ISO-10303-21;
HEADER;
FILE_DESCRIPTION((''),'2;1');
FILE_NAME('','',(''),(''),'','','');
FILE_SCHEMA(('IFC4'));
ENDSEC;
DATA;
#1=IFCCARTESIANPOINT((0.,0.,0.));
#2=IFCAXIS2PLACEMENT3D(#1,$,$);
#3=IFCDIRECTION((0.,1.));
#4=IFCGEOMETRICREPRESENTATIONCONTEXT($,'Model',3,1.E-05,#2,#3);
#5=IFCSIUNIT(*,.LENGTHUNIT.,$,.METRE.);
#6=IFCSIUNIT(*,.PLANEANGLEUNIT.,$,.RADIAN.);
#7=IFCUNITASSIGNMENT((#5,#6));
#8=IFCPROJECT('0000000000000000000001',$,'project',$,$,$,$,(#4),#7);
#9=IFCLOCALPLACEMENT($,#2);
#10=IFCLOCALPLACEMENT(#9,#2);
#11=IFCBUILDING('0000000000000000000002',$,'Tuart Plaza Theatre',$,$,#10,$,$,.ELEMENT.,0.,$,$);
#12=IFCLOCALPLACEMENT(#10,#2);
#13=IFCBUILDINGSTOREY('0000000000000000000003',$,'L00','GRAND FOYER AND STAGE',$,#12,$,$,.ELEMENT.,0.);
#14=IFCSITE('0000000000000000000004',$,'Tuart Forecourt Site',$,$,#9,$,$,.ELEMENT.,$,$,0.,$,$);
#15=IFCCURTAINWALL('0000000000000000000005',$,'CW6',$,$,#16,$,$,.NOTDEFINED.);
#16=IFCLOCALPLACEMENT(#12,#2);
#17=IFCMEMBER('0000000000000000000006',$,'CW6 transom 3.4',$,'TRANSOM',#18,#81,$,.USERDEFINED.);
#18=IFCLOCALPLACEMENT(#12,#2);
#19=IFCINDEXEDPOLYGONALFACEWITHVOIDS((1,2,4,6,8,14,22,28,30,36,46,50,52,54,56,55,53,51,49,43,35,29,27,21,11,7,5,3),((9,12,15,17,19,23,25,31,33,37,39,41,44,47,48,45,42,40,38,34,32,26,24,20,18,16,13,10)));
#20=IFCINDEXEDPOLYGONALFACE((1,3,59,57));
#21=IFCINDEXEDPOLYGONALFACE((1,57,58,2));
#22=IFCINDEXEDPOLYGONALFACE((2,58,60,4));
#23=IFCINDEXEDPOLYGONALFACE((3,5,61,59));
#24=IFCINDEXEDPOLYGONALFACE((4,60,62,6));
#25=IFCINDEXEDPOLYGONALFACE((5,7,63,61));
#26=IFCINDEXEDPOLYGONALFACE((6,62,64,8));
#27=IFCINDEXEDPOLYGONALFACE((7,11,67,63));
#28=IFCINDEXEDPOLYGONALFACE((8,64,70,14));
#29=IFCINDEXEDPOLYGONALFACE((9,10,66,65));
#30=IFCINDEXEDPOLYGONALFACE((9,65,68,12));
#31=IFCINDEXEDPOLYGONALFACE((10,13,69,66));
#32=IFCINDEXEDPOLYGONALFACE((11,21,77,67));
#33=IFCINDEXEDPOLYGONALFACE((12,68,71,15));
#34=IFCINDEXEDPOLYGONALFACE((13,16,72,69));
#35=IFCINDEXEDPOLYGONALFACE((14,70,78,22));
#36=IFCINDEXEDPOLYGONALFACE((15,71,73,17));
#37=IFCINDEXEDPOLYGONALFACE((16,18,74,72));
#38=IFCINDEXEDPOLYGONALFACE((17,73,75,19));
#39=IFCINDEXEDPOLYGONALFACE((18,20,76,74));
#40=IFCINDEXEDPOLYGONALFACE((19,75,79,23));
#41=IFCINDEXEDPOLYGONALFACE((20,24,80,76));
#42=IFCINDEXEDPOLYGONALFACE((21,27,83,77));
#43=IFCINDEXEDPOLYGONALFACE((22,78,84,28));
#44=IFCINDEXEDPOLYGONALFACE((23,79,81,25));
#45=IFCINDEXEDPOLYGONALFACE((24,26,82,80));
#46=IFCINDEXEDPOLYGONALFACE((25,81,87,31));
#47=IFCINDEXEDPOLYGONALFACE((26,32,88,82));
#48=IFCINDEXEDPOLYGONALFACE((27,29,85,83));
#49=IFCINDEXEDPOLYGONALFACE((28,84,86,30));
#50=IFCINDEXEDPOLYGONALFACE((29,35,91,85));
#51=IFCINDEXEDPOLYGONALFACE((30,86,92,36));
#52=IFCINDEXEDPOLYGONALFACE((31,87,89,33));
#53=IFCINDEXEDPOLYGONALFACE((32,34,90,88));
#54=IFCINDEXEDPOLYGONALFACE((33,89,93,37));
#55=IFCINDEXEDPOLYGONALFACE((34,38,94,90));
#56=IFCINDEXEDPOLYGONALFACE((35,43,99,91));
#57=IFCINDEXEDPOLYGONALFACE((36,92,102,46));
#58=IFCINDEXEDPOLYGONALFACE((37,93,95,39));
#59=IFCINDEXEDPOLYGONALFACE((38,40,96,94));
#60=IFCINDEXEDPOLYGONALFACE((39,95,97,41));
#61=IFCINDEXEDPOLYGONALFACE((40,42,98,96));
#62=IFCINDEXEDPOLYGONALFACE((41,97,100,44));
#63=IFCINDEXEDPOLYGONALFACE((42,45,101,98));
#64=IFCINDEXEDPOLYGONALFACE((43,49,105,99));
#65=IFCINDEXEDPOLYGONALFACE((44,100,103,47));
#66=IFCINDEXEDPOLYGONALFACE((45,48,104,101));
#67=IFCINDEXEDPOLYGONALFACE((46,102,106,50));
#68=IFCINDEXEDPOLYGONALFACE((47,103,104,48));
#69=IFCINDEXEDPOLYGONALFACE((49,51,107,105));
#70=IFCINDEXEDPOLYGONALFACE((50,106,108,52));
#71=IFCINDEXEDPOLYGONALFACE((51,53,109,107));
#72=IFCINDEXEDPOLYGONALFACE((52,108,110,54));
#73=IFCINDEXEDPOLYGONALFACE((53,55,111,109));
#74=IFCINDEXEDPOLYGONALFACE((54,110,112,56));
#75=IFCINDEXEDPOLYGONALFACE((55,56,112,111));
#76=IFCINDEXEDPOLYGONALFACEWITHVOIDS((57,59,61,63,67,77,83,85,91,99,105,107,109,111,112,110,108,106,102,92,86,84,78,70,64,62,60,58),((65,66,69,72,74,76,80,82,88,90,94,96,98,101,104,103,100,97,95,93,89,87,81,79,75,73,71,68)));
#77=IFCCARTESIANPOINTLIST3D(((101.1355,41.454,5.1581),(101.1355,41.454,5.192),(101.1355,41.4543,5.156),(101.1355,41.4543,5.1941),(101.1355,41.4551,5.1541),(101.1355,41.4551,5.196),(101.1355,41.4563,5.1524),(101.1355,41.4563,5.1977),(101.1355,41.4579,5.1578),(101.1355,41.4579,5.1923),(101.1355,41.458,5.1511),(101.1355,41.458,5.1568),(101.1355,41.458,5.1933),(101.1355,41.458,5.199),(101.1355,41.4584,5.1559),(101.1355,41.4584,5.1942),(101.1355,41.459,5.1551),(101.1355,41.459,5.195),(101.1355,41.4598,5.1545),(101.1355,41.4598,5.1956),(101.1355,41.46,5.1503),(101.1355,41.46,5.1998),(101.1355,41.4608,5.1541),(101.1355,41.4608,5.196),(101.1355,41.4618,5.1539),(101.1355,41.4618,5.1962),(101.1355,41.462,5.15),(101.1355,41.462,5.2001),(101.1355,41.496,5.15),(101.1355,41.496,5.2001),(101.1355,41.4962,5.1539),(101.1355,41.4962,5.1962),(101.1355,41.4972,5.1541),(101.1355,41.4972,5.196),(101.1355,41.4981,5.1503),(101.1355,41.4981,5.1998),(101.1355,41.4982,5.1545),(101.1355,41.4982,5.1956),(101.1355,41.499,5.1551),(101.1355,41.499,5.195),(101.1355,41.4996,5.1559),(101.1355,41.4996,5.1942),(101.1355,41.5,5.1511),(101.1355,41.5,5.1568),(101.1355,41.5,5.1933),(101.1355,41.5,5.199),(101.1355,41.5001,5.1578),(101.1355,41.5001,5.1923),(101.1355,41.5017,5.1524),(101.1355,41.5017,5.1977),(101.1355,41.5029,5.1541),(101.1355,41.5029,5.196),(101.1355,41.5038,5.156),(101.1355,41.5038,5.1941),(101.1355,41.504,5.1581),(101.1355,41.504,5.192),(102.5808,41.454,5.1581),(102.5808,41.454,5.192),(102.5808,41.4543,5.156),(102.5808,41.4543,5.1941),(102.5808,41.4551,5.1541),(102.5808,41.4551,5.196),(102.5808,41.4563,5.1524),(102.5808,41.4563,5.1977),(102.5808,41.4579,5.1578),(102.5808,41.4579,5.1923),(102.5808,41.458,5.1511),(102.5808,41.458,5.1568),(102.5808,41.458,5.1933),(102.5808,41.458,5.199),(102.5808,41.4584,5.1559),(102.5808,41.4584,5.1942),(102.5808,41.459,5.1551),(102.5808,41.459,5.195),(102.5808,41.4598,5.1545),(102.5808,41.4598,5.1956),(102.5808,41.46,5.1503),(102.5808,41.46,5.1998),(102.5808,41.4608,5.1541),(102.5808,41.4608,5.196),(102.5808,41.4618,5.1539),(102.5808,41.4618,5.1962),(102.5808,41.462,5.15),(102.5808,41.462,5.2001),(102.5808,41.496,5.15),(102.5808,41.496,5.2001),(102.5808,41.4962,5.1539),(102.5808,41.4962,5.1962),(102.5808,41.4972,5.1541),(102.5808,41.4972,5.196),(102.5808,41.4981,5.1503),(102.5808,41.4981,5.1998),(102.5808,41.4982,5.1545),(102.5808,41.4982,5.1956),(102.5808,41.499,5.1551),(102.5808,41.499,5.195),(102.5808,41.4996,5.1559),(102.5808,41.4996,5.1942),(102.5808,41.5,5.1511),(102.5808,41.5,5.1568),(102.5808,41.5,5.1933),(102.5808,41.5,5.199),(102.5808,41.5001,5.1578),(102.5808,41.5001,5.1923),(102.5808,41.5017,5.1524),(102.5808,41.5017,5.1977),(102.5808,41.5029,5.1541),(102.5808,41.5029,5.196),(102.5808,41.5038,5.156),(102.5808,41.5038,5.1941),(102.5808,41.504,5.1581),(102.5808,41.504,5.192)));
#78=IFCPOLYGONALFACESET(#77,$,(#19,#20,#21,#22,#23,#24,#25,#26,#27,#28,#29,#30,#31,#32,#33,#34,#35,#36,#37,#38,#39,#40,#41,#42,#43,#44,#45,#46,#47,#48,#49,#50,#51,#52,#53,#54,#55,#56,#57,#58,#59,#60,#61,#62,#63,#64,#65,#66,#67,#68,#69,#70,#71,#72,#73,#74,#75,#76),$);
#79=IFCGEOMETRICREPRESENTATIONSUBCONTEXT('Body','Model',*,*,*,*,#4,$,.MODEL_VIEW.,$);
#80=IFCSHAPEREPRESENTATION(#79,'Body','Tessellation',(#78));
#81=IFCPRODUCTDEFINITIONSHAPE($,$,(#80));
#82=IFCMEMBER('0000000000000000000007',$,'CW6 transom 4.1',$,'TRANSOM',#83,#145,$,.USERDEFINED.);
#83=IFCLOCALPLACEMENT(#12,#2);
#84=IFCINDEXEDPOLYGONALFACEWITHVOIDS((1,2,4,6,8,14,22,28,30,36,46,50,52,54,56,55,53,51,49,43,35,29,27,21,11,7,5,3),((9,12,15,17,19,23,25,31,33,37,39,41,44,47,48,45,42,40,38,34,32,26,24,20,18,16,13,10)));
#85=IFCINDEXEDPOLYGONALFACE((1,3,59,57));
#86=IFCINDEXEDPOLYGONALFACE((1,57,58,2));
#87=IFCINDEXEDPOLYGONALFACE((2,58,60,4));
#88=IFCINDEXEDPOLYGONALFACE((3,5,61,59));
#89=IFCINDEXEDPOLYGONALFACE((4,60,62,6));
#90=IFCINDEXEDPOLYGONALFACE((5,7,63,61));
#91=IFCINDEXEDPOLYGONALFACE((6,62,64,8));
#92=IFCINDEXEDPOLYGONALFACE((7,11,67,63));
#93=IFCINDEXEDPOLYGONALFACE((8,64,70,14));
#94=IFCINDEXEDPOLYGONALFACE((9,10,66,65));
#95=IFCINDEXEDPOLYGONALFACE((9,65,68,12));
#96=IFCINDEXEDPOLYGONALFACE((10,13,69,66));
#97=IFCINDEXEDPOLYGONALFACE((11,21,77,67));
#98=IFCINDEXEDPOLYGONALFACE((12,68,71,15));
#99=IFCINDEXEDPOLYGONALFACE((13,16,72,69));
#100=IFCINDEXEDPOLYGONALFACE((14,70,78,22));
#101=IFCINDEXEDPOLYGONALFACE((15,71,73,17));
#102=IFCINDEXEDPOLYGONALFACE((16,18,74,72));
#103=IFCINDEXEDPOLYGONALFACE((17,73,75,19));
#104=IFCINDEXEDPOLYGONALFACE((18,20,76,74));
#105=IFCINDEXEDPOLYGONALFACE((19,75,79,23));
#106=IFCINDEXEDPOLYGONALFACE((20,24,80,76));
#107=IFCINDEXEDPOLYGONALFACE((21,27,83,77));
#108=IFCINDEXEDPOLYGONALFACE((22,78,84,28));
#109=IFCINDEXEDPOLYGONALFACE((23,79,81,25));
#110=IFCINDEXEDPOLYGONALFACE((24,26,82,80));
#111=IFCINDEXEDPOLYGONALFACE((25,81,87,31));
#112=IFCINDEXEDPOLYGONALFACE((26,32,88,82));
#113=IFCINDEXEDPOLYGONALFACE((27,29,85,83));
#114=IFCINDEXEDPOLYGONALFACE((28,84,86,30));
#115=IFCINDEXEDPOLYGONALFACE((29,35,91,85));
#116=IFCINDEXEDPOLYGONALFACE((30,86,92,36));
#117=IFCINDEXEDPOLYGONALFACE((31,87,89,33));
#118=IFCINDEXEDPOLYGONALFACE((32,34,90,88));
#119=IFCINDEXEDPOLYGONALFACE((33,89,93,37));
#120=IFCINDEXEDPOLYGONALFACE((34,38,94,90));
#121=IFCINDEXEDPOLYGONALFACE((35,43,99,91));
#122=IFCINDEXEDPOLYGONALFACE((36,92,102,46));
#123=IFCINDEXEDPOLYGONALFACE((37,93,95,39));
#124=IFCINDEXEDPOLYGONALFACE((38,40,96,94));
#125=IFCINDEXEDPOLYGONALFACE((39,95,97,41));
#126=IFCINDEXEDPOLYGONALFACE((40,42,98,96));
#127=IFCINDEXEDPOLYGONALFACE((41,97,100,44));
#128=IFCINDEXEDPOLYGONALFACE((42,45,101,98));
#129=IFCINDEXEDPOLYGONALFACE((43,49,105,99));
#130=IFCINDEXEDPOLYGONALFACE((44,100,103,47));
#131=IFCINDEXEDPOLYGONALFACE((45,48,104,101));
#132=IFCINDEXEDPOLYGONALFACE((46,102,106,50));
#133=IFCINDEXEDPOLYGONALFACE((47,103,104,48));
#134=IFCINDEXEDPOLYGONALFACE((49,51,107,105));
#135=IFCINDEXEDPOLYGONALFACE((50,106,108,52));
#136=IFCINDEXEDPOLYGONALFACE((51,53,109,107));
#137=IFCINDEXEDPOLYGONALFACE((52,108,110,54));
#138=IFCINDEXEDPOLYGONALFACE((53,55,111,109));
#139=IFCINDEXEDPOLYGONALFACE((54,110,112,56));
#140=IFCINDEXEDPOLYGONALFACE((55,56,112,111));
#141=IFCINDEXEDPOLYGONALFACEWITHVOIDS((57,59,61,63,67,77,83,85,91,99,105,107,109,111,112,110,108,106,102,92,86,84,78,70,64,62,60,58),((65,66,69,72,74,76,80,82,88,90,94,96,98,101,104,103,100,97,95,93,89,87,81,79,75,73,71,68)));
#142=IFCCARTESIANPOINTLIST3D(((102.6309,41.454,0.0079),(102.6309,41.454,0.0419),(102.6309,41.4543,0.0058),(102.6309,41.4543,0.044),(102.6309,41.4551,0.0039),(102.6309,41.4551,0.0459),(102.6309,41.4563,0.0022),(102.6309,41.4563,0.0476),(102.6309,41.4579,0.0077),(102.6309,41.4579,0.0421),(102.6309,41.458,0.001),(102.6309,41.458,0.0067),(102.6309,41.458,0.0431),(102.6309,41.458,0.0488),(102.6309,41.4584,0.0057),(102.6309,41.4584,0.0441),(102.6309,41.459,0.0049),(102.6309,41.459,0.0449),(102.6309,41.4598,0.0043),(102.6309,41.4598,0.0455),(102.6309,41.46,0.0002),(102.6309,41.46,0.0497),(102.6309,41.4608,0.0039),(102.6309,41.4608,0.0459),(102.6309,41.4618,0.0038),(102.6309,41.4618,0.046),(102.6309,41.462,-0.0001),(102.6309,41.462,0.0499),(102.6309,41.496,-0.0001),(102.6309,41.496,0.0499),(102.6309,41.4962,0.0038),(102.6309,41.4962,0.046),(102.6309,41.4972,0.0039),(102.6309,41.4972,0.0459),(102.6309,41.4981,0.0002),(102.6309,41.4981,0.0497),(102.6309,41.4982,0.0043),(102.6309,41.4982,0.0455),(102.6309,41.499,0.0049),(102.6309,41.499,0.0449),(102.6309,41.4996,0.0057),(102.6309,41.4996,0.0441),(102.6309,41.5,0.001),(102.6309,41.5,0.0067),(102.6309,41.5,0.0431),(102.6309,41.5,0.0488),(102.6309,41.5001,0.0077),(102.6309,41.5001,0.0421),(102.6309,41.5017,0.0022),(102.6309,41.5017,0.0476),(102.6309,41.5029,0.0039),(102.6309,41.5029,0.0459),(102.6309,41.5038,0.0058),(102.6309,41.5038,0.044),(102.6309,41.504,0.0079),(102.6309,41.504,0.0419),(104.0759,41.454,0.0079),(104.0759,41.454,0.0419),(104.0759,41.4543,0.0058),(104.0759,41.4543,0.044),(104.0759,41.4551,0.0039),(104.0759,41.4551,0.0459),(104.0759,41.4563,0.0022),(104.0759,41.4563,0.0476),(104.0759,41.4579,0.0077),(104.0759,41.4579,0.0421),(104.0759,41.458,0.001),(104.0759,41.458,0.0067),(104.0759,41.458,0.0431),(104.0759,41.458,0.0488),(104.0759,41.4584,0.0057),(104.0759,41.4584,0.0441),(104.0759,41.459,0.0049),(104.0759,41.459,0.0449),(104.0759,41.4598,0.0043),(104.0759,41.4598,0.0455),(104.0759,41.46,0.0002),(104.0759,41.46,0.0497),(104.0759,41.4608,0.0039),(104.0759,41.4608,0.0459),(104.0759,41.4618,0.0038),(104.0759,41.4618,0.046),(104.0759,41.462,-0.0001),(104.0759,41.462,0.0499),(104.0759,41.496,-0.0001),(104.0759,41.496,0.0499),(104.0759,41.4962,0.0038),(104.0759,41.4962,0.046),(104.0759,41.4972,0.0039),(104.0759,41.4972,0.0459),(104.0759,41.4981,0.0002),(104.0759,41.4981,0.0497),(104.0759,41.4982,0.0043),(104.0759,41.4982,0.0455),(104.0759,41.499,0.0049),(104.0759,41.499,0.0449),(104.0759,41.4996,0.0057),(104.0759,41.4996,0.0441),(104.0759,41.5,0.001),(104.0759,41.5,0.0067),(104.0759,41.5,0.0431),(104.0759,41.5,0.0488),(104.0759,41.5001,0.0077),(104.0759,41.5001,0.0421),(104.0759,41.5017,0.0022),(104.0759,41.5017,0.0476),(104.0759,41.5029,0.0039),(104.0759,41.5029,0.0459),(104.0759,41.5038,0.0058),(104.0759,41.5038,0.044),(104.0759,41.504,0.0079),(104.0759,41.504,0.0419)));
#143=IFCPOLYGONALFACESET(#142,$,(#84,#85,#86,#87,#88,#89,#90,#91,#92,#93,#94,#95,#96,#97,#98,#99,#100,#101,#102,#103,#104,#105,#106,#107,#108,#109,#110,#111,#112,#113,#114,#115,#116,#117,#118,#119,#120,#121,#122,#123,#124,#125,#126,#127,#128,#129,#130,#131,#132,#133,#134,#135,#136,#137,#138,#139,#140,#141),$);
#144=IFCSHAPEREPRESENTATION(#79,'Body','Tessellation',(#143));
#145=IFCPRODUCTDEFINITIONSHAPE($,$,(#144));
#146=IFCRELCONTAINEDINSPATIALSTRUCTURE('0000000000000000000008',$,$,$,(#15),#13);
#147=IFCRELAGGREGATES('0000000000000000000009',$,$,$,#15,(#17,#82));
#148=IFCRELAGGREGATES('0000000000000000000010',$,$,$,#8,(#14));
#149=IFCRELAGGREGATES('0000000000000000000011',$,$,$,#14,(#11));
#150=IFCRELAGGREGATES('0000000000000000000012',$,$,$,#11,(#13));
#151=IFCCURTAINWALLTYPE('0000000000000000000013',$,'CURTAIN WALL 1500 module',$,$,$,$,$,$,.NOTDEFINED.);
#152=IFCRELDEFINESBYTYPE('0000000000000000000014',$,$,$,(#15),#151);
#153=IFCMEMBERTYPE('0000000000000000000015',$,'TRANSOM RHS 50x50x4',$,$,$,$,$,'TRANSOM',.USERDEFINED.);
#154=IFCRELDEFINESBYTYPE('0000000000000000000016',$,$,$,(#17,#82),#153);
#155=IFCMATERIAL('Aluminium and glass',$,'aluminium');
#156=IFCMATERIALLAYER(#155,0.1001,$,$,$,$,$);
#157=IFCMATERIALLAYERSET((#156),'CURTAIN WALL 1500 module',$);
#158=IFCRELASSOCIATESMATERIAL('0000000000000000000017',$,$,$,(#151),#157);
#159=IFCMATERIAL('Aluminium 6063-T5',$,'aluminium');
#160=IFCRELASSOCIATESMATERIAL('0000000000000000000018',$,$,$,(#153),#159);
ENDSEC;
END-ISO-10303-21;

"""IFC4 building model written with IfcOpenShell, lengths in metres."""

from ifc_helpers import new_model, si_unit, direction, frame, origin, origin_2d, place, context, subcontext, project, spatial, hollow_rectangle, extrude, material, layer, layer_set, material_profile, profile_set, type_object, element, aggregate, save


model = new_model("IFC4")

# Units and contexts
model_context = context("Model", 3, precision=1e-05, world=origin(), true_north=direction((0.0, 1.0)))
body_context = subcontext(model_context, "Body", "Model", "MODEL_VIEW")
ifc_project = project(units=[si_unit("LENGTHUNIT", "METRE"), si_unit("PLANEANGLEUNIT", "RADIAN")], contexts=[model_context])

# Site, building, storey
site_placement = place(None, origin())
site = spatial("IfcSite", under=ifc_project, at=site_placement, Name="Tuart Forecourt Site", CompositionType="ELEMENT", RefElevation=0.0)
building_placement = place(site_placement, origin())
building = spatial("IfcBuilding", under=site, at=building_placement, Name="Tuart Plaza Theatre", CompositionType="ELEMENT", ElevationOfRefHeight=0.0)
storey_placement = place(building_placement, origin())
storey = spatial("IfcBuildingStorey", under=building, at=storey_placement, Name="L00", Description="GRAND FOYER AND STAGE", CompositionType="ELEMENT", Elevation=0.0)

# Curtain wall, members
ifc_material_1 = material(Name="Aluminium and glass", Category="aluminium")
ifc_layer_1 = layer(ifc_material_1, 0.1001)
ifc_layer_set_1 = layer_set([ifc_layer_1], Name="CURTAIN WALL 1500 module")
curtain_wall_type = type_object("IfcCurtainWallType", Name="CURTAIN WALL 1500 module", PredefinedType="NOTDEFINED", material=ifc_layer_set_1)
curtain_wall_placement = place(storey_placement, origin())
curtain_wall = element("IfcCurtainWall", 1, at=curtain_wall_placement, inside=storey, type_object=curtain_wall_type, Name="CW6", PredefinedType="NOTDEFINED")
ifc_material_2 = material(Name="Aluminium 6063-T5", Category="aluminium")
ifc_material_profile_1 = material_profile(ifc_material_2, hollow_rectangle(XDim=0.05, YDim=0.05, WallThickness=0.0039, InnerFilletRadius=0.0039, OuterFilletRadius=0.0081, at=origin_2d()), Name="RHS 50x50x4")
ifc_profile_set_1 = profile_set([ifc_material_profile_1], Name="Aluminium 6063-T5")
member_type_1 = type_object("IfcMemberType", Name="TRANSOM RHS 50x50x4", ElementType="TRANSOM", PredefinedType="USERDEFINED", material=ifc_profile_set_1)
member_1_placement = place(storey_placement, frame((101.1355, 41.479, 5.175), z_axis=(1.0, 0.0, 0.0), x_axis=(0.0, 1.0, 0.0)))
member_1 = element("IfcMember", 2, at=member_1_placement, type_object=member_type_1, Name="CW6 transom 3.4", ObjectType="TRANSOM", PredefinedType="USERDEFINED", context=body_context, shape_type="SweptSolid", body=[
    extrude(hollow_rectangle(XDim=0.05, YDim=0.05, WallThickness=0.0039, InnerFilletRadius=0.0039, OuterFilletRadius=0.0081, at=origin_2d()), origin(), (0.0, 0.0, 1.0), 1.4453),
])
member_2_placement = place(storey_placement, frame((102.6309, 41.479, 0.0249), z_axis=(1.0, 0.0, 0.0), x_axis=(0.0, 1.0, 0.0)))
member_2 = element("IfcMember", 3, at=member_2_placement, type_object=member_type_1, Name="CW6 transom 4.1", ObjectType="TRANSOM", PredefinedType="USERDEFINED", context=body_context, shape_type="SweptSolid", body=[
    extrude(hollow_rectangle(XDim=0.05, YDim=0.05, WallThickness=0.0039, InnerFilletRadius=0.0039, OuterFilletRadius=0.0081, at=origin_2d()), origin(), (0.0, 0.0, 1.0), 1.4451),
])
aggregate(curtain_wall, [member_1, member_2])

save(model, "model.ifc")
